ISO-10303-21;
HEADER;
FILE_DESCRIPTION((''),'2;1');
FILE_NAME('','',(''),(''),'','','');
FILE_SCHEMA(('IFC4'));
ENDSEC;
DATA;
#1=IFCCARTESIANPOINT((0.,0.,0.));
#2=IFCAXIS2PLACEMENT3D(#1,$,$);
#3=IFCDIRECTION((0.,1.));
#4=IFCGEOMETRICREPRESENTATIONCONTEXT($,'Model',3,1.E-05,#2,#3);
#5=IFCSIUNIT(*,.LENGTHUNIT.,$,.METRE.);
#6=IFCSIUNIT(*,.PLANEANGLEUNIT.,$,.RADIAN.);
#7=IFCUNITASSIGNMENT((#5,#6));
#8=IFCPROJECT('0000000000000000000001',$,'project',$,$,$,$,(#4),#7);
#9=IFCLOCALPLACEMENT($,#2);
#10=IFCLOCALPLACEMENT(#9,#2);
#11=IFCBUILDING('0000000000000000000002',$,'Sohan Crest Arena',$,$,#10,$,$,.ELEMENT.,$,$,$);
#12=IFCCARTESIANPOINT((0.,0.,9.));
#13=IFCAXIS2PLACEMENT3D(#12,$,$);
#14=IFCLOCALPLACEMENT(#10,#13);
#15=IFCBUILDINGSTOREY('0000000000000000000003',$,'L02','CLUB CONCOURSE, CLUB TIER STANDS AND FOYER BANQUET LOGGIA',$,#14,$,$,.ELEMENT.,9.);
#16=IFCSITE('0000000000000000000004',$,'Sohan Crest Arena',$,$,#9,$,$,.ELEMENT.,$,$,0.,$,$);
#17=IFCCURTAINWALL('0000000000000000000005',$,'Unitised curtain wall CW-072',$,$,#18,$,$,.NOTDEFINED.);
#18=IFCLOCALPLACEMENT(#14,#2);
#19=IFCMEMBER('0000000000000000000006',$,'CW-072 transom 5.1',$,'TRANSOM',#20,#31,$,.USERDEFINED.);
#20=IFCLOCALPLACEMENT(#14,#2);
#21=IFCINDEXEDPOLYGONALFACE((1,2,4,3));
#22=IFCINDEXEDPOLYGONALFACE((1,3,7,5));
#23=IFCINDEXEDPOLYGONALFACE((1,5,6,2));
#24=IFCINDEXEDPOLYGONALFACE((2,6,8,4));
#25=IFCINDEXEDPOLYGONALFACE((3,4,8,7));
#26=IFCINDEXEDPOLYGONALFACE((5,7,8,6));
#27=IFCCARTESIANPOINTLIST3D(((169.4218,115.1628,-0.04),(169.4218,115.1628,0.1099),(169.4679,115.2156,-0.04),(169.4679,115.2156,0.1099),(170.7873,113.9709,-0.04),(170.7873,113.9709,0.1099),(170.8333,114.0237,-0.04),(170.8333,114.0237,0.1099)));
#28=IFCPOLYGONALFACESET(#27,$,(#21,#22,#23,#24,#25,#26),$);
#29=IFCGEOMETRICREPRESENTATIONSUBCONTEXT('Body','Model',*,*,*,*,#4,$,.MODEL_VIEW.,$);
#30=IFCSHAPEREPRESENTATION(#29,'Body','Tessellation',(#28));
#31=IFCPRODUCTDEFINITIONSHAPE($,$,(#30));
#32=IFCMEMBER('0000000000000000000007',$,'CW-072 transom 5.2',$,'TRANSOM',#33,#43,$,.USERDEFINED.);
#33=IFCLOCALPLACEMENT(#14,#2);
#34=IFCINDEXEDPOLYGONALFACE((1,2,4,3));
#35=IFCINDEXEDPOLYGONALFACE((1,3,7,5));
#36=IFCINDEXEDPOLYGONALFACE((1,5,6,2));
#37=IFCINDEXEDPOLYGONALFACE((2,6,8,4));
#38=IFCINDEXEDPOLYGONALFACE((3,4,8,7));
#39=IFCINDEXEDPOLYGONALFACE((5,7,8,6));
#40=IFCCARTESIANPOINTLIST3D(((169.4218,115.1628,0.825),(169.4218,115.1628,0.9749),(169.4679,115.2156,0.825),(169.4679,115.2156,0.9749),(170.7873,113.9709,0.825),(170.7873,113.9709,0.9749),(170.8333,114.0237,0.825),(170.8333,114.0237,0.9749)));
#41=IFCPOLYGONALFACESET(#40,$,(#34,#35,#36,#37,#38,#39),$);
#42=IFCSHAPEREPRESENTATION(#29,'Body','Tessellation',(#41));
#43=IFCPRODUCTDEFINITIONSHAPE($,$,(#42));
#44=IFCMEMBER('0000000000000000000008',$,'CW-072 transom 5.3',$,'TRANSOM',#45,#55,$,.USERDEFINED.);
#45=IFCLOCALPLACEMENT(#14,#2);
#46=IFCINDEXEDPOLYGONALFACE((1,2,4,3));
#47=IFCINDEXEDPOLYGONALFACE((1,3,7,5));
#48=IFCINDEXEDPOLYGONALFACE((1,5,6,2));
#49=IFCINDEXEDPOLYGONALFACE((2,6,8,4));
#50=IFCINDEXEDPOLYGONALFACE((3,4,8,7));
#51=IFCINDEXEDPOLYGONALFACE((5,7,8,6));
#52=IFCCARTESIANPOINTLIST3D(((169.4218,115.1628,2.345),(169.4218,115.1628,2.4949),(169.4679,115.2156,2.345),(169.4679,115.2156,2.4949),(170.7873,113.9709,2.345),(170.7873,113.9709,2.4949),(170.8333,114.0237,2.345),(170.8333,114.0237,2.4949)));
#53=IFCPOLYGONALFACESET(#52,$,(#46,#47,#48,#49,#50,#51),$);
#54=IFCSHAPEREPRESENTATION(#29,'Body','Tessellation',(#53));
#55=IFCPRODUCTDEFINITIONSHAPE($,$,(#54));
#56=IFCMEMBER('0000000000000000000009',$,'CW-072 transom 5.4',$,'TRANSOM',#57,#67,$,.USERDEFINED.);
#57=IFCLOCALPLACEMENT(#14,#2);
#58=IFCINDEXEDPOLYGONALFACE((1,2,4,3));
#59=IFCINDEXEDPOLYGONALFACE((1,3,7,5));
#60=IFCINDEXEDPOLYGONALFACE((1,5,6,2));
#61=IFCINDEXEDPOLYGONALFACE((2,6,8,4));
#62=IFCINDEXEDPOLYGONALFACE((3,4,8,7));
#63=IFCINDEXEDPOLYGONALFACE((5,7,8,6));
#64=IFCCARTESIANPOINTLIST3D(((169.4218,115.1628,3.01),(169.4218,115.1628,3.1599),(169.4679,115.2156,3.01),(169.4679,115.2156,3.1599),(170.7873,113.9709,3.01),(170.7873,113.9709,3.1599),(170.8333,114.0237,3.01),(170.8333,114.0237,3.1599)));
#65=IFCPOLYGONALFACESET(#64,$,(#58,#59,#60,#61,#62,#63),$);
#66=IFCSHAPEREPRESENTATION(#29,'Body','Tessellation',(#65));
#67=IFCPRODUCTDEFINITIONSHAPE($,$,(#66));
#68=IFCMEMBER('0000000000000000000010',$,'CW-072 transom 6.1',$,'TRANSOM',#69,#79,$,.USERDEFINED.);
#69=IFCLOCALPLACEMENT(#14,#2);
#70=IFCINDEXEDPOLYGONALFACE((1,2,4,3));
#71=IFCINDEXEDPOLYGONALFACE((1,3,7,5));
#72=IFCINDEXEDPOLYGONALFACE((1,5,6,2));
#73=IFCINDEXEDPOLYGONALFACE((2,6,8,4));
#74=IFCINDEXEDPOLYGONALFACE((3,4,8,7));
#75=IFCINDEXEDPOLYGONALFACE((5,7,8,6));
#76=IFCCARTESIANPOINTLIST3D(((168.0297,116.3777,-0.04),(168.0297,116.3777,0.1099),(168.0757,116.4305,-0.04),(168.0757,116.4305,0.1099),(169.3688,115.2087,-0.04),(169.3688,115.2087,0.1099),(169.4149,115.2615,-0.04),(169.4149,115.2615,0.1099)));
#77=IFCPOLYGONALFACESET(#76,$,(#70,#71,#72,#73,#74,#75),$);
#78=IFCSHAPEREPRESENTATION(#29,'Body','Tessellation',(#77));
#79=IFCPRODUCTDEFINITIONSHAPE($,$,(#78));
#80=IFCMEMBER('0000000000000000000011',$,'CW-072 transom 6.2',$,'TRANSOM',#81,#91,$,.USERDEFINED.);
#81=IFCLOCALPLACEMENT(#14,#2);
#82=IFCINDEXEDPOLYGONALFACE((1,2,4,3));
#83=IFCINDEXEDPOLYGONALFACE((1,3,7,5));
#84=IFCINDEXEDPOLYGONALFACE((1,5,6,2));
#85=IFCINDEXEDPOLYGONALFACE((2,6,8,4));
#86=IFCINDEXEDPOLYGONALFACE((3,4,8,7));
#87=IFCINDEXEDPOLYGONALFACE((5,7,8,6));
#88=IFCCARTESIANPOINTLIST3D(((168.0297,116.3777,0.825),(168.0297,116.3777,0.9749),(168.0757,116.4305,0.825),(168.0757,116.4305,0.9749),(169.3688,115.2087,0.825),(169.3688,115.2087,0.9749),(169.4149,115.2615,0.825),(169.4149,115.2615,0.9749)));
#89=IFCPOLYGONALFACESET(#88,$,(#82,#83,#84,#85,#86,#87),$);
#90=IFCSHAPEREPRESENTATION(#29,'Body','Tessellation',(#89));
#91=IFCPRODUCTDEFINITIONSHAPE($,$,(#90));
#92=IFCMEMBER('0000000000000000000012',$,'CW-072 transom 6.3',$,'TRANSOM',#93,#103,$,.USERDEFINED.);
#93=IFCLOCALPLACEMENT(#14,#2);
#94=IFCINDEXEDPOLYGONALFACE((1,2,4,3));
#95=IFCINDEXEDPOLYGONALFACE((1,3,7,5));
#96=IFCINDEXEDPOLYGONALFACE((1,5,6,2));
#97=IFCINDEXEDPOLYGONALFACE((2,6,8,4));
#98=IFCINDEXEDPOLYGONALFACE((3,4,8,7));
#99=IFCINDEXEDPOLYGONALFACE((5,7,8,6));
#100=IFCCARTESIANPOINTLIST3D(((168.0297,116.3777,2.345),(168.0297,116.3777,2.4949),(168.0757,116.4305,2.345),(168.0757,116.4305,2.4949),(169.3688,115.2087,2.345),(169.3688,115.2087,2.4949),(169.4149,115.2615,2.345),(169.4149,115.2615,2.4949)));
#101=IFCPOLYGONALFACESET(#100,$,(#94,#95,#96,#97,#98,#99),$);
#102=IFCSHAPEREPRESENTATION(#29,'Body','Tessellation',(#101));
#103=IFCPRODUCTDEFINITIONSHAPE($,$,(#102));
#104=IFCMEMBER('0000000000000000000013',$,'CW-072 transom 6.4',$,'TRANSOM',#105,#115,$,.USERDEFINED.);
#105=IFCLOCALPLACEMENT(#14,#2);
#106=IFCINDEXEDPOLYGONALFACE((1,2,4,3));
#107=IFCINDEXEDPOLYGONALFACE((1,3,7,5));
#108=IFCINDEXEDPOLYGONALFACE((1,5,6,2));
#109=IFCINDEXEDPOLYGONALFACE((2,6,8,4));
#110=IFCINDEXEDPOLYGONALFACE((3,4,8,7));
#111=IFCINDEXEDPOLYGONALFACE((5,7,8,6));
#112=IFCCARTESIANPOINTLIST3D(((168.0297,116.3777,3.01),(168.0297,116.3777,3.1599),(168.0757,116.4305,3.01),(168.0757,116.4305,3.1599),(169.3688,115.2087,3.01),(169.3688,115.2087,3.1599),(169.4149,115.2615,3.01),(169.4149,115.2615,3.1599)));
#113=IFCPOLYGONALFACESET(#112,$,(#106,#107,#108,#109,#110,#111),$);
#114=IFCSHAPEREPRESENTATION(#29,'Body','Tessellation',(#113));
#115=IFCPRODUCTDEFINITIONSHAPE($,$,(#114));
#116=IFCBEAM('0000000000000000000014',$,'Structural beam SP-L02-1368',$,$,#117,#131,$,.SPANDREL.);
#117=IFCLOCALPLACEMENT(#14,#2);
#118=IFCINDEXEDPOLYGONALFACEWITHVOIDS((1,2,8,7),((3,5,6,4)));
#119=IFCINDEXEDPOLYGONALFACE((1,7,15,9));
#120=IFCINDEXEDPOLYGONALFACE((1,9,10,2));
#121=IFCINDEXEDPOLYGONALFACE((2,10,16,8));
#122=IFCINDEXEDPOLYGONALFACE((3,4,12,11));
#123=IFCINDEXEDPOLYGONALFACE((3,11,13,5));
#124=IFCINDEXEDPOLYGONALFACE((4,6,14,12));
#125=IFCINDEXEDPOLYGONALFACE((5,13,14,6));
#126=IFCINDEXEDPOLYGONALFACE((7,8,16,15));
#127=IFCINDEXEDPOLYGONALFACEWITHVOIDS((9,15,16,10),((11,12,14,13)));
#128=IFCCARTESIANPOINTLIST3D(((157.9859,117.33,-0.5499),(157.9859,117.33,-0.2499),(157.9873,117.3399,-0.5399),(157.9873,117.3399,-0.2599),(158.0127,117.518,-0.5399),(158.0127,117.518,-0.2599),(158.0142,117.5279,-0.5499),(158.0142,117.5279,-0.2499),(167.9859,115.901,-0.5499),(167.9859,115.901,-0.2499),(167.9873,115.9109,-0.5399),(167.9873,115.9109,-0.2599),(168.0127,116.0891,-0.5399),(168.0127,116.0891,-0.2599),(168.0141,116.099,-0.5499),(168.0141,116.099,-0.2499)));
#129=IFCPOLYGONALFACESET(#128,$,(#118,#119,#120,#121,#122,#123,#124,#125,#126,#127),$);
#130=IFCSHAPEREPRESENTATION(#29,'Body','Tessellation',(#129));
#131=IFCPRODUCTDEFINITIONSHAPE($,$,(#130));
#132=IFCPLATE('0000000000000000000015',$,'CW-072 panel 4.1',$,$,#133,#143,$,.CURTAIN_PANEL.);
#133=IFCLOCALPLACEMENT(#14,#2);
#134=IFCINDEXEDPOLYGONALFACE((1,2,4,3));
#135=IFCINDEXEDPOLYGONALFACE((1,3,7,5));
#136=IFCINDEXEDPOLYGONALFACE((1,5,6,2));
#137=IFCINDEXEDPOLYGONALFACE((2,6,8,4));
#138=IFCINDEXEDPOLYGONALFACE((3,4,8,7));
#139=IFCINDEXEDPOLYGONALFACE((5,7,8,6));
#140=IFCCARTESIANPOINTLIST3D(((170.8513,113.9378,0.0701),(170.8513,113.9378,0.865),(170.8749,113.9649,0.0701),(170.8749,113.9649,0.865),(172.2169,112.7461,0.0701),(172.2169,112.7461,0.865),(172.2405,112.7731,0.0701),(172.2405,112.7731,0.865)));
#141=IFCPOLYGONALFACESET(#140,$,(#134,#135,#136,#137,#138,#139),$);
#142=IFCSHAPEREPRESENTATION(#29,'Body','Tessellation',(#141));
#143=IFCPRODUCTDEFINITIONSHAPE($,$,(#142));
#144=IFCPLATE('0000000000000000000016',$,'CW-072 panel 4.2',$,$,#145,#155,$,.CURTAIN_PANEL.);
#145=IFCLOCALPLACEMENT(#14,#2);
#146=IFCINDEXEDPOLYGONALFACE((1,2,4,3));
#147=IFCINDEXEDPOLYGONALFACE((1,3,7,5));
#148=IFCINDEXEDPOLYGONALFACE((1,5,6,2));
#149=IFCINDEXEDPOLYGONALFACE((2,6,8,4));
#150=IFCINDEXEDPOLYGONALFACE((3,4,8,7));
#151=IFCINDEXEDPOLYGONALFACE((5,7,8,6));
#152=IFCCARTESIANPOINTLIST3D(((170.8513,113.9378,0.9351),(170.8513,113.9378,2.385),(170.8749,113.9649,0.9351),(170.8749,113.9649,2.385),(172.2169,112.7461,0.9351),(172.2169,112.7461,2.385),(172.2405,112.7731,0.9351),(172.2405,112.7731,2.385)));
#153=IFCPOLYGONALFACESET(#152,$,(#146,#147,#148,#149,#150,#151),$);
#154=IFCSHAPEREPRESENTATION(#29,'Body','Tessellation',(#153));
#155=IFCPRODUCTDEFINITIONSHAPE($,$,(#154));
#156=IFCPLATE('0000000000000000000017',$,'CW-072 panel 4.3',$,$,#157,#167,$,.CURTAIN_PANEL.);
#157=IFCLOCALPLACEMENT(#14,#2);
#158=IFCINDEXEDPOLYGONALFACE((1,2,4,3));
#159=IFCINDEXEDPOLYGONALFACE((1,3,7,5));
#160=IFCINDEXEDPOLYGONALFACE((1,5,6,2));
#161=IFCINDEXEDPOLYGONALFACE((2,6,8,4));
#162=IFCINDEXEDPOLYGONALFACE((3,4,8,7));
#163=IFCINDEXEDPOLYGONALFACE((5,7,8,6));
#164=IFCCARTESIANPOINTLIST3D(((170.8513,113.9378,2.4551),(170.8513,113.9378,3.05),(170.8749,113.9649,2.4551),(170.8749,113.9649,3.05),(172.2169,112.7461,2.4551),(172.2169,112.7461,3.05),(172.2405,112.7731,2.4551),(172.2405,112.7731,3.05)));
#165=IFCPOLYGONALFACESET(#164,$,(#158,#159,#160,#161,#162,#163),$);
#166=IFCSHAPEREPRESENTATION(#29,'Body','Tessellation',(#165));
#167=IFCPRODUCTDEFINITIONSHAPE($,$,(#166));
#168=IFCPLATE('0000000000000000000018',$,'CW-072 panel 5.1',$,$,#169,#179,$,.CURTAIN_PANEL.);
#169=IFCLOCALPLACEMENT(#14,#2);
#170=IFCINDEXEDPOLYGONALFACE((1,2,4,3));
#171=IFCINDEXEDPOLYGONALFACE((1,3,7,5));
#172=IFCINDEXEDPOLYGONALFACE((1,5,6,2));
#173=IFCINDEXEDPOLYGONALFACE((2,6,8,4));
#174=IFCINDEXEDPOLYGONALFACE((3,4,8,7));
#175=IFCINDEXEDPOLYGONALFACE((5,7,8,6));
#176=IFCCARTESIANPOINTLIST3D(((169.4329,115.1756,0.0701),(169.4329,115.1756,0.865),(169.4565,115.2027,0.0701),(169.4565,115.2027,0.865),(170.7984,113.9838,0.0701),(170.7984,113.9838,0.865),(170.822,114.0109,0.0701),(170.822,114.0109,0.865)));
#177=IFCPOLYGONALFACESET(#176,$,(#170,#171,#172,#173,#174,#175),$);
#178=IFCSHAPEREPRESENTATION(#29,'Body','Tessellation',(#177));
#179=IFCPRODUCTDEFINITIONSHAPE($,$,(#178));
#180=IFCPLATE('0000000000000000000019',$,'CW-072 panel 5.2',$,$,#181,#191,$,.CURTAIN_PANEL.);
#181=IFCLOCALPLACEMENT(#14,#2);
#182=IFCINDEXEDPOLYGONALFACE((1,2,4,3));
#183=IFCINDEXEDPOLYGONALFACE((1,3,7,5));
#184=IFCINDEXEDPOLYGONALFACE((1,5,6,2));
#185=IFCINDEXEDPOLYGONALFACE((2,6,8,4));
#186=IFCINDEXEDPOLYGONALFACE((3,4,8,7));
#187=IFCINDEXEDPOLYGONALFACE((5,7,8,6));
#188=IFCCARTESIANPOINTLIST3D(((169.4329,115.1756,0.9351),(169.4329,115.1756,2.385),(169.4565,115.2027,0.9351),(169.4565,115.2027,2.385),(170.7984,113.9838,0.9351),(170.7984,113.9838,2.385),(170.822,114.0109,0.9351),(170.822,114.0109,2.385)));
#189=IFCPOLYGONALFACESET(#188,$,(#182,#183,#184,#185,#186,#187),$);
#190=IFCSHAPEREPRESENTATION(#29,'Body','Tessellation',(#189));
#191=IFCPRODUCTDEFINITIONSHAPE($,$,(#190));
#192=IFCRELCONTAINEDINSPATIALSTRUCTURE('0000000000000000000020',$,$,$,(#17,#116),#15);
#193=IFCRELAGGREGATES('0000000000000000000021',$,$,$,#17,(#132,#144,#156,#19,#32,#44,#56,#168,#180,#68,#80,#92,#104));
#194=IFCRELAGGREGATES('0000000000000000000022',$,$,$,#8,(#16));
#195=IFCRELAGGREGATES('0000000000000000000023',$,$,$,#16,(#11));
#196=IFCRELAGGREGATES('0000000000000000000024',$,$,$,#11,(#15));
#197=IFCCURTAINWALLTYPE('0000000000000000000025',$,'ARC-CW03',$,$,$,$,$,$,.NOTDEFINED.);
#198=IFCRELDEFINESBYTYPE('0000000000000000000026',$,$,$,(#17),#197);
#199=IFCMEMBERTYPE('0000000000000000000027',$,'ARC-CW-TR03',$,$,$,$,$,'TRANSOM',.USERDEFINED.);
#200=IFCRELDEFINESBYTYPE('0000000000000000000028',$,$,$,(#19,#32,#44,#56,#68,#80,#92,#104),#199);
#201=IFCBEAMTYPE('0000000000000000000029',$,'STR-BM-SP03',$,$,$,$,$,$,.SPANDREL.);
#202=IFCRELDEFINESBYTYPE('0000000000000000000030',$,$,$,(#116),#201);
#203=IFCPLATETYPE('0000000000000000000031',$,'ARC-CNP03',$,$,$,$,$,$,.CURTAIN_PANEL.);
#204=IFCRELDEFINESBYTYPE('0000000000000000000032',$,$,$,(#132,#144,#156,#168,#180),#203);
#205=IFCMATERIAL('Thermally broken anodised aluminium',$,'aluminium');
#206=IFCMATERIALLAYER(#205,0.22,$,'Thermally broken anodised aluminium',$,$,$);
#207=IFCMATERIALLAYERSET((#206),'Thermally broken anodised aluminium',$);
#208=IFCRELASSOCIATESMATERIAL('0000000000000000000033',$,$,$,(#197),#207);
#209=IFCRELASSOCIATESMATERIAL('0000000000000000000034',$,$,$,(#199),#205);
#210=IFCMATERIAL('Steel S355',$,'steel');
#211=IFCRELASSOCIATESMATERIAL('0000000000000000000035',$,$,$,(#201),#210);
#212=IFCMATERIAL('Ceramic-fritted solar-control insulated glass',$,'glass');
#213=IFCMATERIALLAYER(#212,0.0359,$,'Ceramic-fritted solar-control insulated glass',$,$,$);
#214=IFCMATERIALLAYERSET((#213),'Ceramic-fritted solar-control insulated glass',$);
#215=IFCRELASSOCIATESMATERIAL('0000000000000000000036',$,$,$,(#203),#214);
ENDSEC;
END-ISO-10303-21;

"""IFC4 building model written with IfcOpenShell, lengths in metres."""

from ifc_helpers import new_model, si_unit, direction, frame, origin, origin_2d, place, context, subcontext, project, spatial, rectangle, hollow_rectangle, extrude, material, layer, layer_set, material_profile, profile_set, type_object, element, aggregate, save


model = new_model("IFC4")

# Units and contexts
model_context = context("Model", 3, precision=1e-05, world=origin(), true_north=direction((0.0, 1.0)))
body_context = subcontext(model_context, "Body", "Model", "MODEL_VIEW")
ifc_project = project(units=[si_unit("LENGTHUNIT", "METRE"), si_unit("PLANEANGLEUNIT", "RADIAN")], contexts=[model_context])

# Site, building, storey
site_placement = place(None, origin())
site = spatial("IfcSite", under=ifc_project, at=site_placement, Name="Sohan Crest Arena", CompositionType="ELEMENT", RefElevation=0.0)
building_placement = place(site_placement, origin())
building = spatial("IfcBuilding", under=site, at=building_placement, Name="Sohan Crest Arena", CompositionType="ELEMENT")
storey_placement = place(building_placement, frame((0.0, 0.0, 9.0)))
storey = spatial("IfcBuildingStorey", under=building, at=storey_placement, Name="L02", Description="CLUB CONCOURSE, CLUB TIER STANDS AND FOYER BANQUET LOGGIA", CompositionType="ELEMENT", Elevation=9.0)

# Shared definitions
ifc_material_1 = material(Name="Steel S355", Category="steel")

# Curtain wall
ifc_material_2 = material(Name="Thermally broken anodised aluminium", Category="aluminium")
ifc_layer_1 = layer(ifc_material_2, 0.22, Name="Thermally broken anodised aluminium")
ifc_layer_set_1 = layer_set([ifc_layer_1], Name="Thermally broken anodised aluminium")
curtain_wall_type_1 = type_object("IfcCurtainWallType", Name="ARC-CW03", PredefinedType="NOTDEFINED", material=ifc_layer_set_1)
curtain_wall_1_placement = place(storey_placement, origin())
curtain_wall_1 = element("IfcCurtainWall", 1, at=curtain_wall_1_placement, inside=storey, type_object=curtain_wall_type_1, Name="Unitised curtain wall CW-072", PredefinedType="NOTDEFINED")

# Members
ifc_material_profile_1 = material_profile(ifc_material_2, rectangle(XDim=0.0701, YDim=0.1499, at=origin_2d()), Name="ALU-TRAN 70x150")
ifc_profile_set_1 = profile_set([ifc_material_profile_1], Name="Thermally broken anodised aluminium")
member_type_1 = type_object("IfcMemberType", Name="ARC-CW-TR03", ElementType="TRANSOM", PredefinedType="USERDEFINED", material=ifc_profile_set_1)
member_1_placement = place(storey_placement, frame((170.8103, 113.9973, 0.0349), z_axis=(-0.753369, 0.657598, 0.0), x_axis=(-0.657598, -0.753369, 0.0)))
member_1 = element("IfcMember", 2, at=member_1_placement, type_object=member_type_1, Name="CW-072 transom 5.1", ObjectType="TRANSOM", PredefinedType="USERDEFINED", context=body_context, shape_type="SweptSolid", body=[
    extrude(rectangle(XDim=0.0701, YDim=0.1499, at=origin_2d()), origin(), (0.0, 0.0, 1.0), 1.8125),
])
member_2_placement = place(storey_placement, frame((170.8103, 113.9973, 0.8999), z_axis=(-0.753369, 0.657598, 0.0), x_axis=(-0.657598, -0.753369, 0.0)))
member_2 = element("IfcMember", 3, at=member_2_placement, type_object=member_type_1, Name="CW-072 transom 5.2", ObjectType="TRANSOM", PredefinedType="USERDEFINED", context=body_context, shape_type="SweptSolid", body=[
    extrude(rectangle(XDim=0.0701, YDim=0.1499, at=origin_2d()), origin(), (0.0, 0.0, 1.0), 1.8125),
])
member_3_placement = place(storey_placement, frame((170.8103, 113.9973, 2.4199), z_axis=(-0.753369, 0.657598, 0.0), x_axis=(-0.657598, -0.753369, 0.0)))
member_3 = element("IfcMember", 4, at=member_3_placement, type_object=member_type_1, Name="CW-072 transom 5.3", ObjectType="TRANSOM", PredefinedType="USERDEFINED", context=body_context, shape_type="SweptSolid", body=[
    extrude(rectangle(XDim=0.0701, YDim=0.1499, at=origin_2d()), origin(), (0.0, 0.0, 1.0), 1.8125),
])
member_4_placement = place(storey_placement, frame((170.8103, 113.9973, 3.085), z_axis=(-0.753369, 0.657598, 0.0), x_axis=(-0.657598, -0.753369, 0.0)))
member_4 = element("IfcMember", 5, at=member_4_placement, type_object=member_type_1, Name="CW-072 transom 5.4", ObjectType="TRANSOM", PredefinedType="USERDEFINED", context=body_context, shape_type="SweptSolid", body=[
    extrude(rectangle(XDim=0.0701, YDim=0.1499, at=origin_2d()), origin(), (0.0, 0.0, 1.0), 1.8125),
])
member_5_placement = place(storey_placement, frame((169.3918, 115.2351, 0.0349), z_axis=(-0.75335, 0.657619, 0.0), x_axis=(-0.657619, -0.75335, 0.0)))
member_5 = element("IfcMember", 6, at=member_5_placement, type_object=member_type_1, Name="CW-072 transom 6.1", ObjectType="TRANSOM", PredefinedType="USERDEFINED", context=body_context, shape_type="SweptSolid", body=[
    extrude(rectangle(XDim=0.0701, YDim=0.1499, at=origin_2d()), origin(), (0.0, 0.0, 1.0), 1.7776),
])
member_6_placement = place(storey_placement, frame((169.3918, 115.2351, 0.8999), z_axis=(-0.75335, 0.657619, 0.0), x_axis=(-0.657619, -0.75335, 0.0)))
member_6 = element("IfcMember", 7, at=member_6_placement, type_object=member_type_1, Name="CW-072 transom 6.2", ObjectType="TRANSOM", PredefinedType="USERDEFINED", context=body_context, shape_type="SweptSolid", body=[
    extrude(rectangle(XDim=0.0701, YDim=0.1499, at=origin_2d()), origin(), (0.0, 0.0, 1.0), 1.7776),
])
member_7_placement = place(storey_placement, frame((169.3918, 115.2351, 2.4199), z_axis=(-0.75335, 0.657619, 0.0), x_axis=(-0.657619, -0.75335, 0.0)))
member_7 = element("IfcMember", 8, at=member_7_placement, type_object=member_type_1, Name="CW-072 transom 6.3", ObjectType="TRANSOM", PredefinedType="USERDEFINED", context=body_context, shape_type="SweptSolid", body=[
    extrude(rectangle(XDim=0.0701, YDim=0.1499, at=origin_2d()), origin(), (0.0, 0.0, 1.0), 1.7776),
])
member_8_placement = place(storey_placement, frame((169.3918, 115.2351, 3.085), z_axis=(-0.75335, 0.657619, 0.0), x_axis=(-0.657619, -0.75335, 0.0)))
member_8 = element("IfcMember", 9, at=member_8_placement, type_object=member_type_1, Name="CW-072 transom 6.4", ObjectType="TRANSOM", PredefinedType="USERDEFINED", context=body_context, shape_type="SweptSolid", body=[
    extrude(rectangle(XDim=0.0701, YDim=0.1499, at=origin_2d()), origin(), (0.0, 0.0, 1.0), 1.7776),
])

# Beam
ifc_material_profile_2 = material_profile(ifc_material_1, hollow_rectangle(XDim=0.2, YDim=0.3, WallThickness=0.01, at=origin_2d()), Name="RHS 300x200x10")
ifc_profile_set_2 = profile_set([ifc_material_profile_2], Name="Steel S355")
beam_type = type_object("IfcBeamType", Name="STR-BM-SP03", PredefinedType="SPANDREL", material=ifc_profile_set_2)
beam_placement = place(storey_placement, frame((168.0, 116.0, -0.3999), z_axis=(-0.989944, 0.141459, 0.0), x_axis=(-0.141459, -0.989944, 0.0)))
element("IfcBeam", 10, at=beam_placement, inside=storey, type_object=beam_type, Name="Structural beam SP-L02-1368", PredefinedType="SPANDREL", context=body_context, shape_type="SweptSolid", body=[
    extrude(hollow_rectangle(XDim=0.2, YDim=0.3, WallThickness=0.01, at=origin_2d()), origin(), (0.0, 0.0, 1.0), 10.1016),
])

# Plates
ifc_material_3 = material(Name="Ceramic-fritted solar-control insulated glass", Category="glass")
ifc_layer_2 = layer(ifc_material_3, 0.0359, Name="Ceramic-fritted solar-control insulated glass")
ifc_layer_set_2 = layer_set([ifc_layer_2], Name="Ceramic-fritted solar-control insulated glass")
plate_type = type_object("IfcPlateType", Name="ARC-CNP03", PredefinedType="CURTAIN_PANEL", material=ifc_layer_set_2)
plate_1_placement = place(storey_placement, frame((171.5459, 113.3555, 0.0701), z_axis=(0.0, 0.0, 1.0), x_axis=(-0.753421, 0.657539, 0.0)))
plate_1 = element("IfcPlate", 11, at=plate_1_placement, type_object=plate_type, Name="CW-072 panel 4.1", PredefinedType="CURTAIN_PANEL", context=body_context, shape_type="SweptSolid", body=[
    extrude(rectangle(XDim=1.8125, YDim=0.0359, at=origin_2d()), origin(), (0.0, 0.0, 1.0), 0.7949),
])
plate_2_placement = place(storey_placement, frame((171.5459, 113.3555, 0.9351), z_axis=(0.0, 0.0, 1.0), x_axis=(-0.753421, 0.657539, 0.0)))
plate_2 = element("IfcPlate", 12, at=plate_2_placement, type_object=plate_type, Name="CW-072 panel 4.2", PredefinedType="CURTAIN_PANEL", context=body_context, shape_type="SweptSolid", body=[
    extrude(rectangle(XDim=1.8125, YDim=0.0359, at=origin_2d()), origin(), (0.0, 0.0, 1.0), 1.45),
])
plate_3_placement = place(storey_placement, frame((171.5459, 113.3555, 2.4551), z_axis=(0.0, 0.0, 1.0), x_axis=(-0.753421, 0.657539, 0.0)))
plate_3 = element("IfcPlate", 13, at=plate_3_placement, type_object=plate_type, Name="CW-072 panel 4.3", PredefinedType="CURTAIN_PANEL", context=body_context, shape_type="SweptSolid", body=[
    extrude(rectangle(XDim=1.8125, YDim=0.0359, at=origin_2d()), origin(), (0.0, 0.0, 1.0), 0.595),
])
plate_4_placement = place(storey_placement, frame((170.1274, 114.5933, 0.0701), z_axis=(0.0, 0.0, 1.0), x_axis=(-0.753421, 0.657539, 0.0)))
plate_4 = element("IfcPlate", 14, at=plate_4_placement, type_object=plate_type, Name="CW-072 panel 5.1", PredefinedType="CURTAIN_PANEL", context=body_context, shape_type="SweptSolid", body=[
    extrude(rectangle(XDim=1.8125, YDim=0.0359, at=origin_2d()), origin(), (0.0, 0.0, 1.0), 0.7949),
])
plate_5_placement = place(storey_placement, frame((170.1274, 114.5933, 0.9351), z_axis=(0.0, 0.0, 1.0), x_axis=(-0.753421, 0.657539, 0.0)))
plate_5 = element("IfcPlate", 15, at=plate_5_placement, type_object=plate_type, Name="CW-072 panel 5.2", PredefinedType="CURTAIN_PANEL", context=body_context, shape_type="SweptSolid", body=[
    extrude(rectangle(XDim=1.8125, YDim=0.0359, at=origin_2d()), origin(), (0.0, 0.0, 1.0), 1.45),
])
aggregate(curtain_wall_1, [plate_1, plate_2, plate_3, member_1, member_2, member_3, member_4, plate_4, plate_5, member_5, member_6, member_7, member_8])

save(model, "model.ifc")
